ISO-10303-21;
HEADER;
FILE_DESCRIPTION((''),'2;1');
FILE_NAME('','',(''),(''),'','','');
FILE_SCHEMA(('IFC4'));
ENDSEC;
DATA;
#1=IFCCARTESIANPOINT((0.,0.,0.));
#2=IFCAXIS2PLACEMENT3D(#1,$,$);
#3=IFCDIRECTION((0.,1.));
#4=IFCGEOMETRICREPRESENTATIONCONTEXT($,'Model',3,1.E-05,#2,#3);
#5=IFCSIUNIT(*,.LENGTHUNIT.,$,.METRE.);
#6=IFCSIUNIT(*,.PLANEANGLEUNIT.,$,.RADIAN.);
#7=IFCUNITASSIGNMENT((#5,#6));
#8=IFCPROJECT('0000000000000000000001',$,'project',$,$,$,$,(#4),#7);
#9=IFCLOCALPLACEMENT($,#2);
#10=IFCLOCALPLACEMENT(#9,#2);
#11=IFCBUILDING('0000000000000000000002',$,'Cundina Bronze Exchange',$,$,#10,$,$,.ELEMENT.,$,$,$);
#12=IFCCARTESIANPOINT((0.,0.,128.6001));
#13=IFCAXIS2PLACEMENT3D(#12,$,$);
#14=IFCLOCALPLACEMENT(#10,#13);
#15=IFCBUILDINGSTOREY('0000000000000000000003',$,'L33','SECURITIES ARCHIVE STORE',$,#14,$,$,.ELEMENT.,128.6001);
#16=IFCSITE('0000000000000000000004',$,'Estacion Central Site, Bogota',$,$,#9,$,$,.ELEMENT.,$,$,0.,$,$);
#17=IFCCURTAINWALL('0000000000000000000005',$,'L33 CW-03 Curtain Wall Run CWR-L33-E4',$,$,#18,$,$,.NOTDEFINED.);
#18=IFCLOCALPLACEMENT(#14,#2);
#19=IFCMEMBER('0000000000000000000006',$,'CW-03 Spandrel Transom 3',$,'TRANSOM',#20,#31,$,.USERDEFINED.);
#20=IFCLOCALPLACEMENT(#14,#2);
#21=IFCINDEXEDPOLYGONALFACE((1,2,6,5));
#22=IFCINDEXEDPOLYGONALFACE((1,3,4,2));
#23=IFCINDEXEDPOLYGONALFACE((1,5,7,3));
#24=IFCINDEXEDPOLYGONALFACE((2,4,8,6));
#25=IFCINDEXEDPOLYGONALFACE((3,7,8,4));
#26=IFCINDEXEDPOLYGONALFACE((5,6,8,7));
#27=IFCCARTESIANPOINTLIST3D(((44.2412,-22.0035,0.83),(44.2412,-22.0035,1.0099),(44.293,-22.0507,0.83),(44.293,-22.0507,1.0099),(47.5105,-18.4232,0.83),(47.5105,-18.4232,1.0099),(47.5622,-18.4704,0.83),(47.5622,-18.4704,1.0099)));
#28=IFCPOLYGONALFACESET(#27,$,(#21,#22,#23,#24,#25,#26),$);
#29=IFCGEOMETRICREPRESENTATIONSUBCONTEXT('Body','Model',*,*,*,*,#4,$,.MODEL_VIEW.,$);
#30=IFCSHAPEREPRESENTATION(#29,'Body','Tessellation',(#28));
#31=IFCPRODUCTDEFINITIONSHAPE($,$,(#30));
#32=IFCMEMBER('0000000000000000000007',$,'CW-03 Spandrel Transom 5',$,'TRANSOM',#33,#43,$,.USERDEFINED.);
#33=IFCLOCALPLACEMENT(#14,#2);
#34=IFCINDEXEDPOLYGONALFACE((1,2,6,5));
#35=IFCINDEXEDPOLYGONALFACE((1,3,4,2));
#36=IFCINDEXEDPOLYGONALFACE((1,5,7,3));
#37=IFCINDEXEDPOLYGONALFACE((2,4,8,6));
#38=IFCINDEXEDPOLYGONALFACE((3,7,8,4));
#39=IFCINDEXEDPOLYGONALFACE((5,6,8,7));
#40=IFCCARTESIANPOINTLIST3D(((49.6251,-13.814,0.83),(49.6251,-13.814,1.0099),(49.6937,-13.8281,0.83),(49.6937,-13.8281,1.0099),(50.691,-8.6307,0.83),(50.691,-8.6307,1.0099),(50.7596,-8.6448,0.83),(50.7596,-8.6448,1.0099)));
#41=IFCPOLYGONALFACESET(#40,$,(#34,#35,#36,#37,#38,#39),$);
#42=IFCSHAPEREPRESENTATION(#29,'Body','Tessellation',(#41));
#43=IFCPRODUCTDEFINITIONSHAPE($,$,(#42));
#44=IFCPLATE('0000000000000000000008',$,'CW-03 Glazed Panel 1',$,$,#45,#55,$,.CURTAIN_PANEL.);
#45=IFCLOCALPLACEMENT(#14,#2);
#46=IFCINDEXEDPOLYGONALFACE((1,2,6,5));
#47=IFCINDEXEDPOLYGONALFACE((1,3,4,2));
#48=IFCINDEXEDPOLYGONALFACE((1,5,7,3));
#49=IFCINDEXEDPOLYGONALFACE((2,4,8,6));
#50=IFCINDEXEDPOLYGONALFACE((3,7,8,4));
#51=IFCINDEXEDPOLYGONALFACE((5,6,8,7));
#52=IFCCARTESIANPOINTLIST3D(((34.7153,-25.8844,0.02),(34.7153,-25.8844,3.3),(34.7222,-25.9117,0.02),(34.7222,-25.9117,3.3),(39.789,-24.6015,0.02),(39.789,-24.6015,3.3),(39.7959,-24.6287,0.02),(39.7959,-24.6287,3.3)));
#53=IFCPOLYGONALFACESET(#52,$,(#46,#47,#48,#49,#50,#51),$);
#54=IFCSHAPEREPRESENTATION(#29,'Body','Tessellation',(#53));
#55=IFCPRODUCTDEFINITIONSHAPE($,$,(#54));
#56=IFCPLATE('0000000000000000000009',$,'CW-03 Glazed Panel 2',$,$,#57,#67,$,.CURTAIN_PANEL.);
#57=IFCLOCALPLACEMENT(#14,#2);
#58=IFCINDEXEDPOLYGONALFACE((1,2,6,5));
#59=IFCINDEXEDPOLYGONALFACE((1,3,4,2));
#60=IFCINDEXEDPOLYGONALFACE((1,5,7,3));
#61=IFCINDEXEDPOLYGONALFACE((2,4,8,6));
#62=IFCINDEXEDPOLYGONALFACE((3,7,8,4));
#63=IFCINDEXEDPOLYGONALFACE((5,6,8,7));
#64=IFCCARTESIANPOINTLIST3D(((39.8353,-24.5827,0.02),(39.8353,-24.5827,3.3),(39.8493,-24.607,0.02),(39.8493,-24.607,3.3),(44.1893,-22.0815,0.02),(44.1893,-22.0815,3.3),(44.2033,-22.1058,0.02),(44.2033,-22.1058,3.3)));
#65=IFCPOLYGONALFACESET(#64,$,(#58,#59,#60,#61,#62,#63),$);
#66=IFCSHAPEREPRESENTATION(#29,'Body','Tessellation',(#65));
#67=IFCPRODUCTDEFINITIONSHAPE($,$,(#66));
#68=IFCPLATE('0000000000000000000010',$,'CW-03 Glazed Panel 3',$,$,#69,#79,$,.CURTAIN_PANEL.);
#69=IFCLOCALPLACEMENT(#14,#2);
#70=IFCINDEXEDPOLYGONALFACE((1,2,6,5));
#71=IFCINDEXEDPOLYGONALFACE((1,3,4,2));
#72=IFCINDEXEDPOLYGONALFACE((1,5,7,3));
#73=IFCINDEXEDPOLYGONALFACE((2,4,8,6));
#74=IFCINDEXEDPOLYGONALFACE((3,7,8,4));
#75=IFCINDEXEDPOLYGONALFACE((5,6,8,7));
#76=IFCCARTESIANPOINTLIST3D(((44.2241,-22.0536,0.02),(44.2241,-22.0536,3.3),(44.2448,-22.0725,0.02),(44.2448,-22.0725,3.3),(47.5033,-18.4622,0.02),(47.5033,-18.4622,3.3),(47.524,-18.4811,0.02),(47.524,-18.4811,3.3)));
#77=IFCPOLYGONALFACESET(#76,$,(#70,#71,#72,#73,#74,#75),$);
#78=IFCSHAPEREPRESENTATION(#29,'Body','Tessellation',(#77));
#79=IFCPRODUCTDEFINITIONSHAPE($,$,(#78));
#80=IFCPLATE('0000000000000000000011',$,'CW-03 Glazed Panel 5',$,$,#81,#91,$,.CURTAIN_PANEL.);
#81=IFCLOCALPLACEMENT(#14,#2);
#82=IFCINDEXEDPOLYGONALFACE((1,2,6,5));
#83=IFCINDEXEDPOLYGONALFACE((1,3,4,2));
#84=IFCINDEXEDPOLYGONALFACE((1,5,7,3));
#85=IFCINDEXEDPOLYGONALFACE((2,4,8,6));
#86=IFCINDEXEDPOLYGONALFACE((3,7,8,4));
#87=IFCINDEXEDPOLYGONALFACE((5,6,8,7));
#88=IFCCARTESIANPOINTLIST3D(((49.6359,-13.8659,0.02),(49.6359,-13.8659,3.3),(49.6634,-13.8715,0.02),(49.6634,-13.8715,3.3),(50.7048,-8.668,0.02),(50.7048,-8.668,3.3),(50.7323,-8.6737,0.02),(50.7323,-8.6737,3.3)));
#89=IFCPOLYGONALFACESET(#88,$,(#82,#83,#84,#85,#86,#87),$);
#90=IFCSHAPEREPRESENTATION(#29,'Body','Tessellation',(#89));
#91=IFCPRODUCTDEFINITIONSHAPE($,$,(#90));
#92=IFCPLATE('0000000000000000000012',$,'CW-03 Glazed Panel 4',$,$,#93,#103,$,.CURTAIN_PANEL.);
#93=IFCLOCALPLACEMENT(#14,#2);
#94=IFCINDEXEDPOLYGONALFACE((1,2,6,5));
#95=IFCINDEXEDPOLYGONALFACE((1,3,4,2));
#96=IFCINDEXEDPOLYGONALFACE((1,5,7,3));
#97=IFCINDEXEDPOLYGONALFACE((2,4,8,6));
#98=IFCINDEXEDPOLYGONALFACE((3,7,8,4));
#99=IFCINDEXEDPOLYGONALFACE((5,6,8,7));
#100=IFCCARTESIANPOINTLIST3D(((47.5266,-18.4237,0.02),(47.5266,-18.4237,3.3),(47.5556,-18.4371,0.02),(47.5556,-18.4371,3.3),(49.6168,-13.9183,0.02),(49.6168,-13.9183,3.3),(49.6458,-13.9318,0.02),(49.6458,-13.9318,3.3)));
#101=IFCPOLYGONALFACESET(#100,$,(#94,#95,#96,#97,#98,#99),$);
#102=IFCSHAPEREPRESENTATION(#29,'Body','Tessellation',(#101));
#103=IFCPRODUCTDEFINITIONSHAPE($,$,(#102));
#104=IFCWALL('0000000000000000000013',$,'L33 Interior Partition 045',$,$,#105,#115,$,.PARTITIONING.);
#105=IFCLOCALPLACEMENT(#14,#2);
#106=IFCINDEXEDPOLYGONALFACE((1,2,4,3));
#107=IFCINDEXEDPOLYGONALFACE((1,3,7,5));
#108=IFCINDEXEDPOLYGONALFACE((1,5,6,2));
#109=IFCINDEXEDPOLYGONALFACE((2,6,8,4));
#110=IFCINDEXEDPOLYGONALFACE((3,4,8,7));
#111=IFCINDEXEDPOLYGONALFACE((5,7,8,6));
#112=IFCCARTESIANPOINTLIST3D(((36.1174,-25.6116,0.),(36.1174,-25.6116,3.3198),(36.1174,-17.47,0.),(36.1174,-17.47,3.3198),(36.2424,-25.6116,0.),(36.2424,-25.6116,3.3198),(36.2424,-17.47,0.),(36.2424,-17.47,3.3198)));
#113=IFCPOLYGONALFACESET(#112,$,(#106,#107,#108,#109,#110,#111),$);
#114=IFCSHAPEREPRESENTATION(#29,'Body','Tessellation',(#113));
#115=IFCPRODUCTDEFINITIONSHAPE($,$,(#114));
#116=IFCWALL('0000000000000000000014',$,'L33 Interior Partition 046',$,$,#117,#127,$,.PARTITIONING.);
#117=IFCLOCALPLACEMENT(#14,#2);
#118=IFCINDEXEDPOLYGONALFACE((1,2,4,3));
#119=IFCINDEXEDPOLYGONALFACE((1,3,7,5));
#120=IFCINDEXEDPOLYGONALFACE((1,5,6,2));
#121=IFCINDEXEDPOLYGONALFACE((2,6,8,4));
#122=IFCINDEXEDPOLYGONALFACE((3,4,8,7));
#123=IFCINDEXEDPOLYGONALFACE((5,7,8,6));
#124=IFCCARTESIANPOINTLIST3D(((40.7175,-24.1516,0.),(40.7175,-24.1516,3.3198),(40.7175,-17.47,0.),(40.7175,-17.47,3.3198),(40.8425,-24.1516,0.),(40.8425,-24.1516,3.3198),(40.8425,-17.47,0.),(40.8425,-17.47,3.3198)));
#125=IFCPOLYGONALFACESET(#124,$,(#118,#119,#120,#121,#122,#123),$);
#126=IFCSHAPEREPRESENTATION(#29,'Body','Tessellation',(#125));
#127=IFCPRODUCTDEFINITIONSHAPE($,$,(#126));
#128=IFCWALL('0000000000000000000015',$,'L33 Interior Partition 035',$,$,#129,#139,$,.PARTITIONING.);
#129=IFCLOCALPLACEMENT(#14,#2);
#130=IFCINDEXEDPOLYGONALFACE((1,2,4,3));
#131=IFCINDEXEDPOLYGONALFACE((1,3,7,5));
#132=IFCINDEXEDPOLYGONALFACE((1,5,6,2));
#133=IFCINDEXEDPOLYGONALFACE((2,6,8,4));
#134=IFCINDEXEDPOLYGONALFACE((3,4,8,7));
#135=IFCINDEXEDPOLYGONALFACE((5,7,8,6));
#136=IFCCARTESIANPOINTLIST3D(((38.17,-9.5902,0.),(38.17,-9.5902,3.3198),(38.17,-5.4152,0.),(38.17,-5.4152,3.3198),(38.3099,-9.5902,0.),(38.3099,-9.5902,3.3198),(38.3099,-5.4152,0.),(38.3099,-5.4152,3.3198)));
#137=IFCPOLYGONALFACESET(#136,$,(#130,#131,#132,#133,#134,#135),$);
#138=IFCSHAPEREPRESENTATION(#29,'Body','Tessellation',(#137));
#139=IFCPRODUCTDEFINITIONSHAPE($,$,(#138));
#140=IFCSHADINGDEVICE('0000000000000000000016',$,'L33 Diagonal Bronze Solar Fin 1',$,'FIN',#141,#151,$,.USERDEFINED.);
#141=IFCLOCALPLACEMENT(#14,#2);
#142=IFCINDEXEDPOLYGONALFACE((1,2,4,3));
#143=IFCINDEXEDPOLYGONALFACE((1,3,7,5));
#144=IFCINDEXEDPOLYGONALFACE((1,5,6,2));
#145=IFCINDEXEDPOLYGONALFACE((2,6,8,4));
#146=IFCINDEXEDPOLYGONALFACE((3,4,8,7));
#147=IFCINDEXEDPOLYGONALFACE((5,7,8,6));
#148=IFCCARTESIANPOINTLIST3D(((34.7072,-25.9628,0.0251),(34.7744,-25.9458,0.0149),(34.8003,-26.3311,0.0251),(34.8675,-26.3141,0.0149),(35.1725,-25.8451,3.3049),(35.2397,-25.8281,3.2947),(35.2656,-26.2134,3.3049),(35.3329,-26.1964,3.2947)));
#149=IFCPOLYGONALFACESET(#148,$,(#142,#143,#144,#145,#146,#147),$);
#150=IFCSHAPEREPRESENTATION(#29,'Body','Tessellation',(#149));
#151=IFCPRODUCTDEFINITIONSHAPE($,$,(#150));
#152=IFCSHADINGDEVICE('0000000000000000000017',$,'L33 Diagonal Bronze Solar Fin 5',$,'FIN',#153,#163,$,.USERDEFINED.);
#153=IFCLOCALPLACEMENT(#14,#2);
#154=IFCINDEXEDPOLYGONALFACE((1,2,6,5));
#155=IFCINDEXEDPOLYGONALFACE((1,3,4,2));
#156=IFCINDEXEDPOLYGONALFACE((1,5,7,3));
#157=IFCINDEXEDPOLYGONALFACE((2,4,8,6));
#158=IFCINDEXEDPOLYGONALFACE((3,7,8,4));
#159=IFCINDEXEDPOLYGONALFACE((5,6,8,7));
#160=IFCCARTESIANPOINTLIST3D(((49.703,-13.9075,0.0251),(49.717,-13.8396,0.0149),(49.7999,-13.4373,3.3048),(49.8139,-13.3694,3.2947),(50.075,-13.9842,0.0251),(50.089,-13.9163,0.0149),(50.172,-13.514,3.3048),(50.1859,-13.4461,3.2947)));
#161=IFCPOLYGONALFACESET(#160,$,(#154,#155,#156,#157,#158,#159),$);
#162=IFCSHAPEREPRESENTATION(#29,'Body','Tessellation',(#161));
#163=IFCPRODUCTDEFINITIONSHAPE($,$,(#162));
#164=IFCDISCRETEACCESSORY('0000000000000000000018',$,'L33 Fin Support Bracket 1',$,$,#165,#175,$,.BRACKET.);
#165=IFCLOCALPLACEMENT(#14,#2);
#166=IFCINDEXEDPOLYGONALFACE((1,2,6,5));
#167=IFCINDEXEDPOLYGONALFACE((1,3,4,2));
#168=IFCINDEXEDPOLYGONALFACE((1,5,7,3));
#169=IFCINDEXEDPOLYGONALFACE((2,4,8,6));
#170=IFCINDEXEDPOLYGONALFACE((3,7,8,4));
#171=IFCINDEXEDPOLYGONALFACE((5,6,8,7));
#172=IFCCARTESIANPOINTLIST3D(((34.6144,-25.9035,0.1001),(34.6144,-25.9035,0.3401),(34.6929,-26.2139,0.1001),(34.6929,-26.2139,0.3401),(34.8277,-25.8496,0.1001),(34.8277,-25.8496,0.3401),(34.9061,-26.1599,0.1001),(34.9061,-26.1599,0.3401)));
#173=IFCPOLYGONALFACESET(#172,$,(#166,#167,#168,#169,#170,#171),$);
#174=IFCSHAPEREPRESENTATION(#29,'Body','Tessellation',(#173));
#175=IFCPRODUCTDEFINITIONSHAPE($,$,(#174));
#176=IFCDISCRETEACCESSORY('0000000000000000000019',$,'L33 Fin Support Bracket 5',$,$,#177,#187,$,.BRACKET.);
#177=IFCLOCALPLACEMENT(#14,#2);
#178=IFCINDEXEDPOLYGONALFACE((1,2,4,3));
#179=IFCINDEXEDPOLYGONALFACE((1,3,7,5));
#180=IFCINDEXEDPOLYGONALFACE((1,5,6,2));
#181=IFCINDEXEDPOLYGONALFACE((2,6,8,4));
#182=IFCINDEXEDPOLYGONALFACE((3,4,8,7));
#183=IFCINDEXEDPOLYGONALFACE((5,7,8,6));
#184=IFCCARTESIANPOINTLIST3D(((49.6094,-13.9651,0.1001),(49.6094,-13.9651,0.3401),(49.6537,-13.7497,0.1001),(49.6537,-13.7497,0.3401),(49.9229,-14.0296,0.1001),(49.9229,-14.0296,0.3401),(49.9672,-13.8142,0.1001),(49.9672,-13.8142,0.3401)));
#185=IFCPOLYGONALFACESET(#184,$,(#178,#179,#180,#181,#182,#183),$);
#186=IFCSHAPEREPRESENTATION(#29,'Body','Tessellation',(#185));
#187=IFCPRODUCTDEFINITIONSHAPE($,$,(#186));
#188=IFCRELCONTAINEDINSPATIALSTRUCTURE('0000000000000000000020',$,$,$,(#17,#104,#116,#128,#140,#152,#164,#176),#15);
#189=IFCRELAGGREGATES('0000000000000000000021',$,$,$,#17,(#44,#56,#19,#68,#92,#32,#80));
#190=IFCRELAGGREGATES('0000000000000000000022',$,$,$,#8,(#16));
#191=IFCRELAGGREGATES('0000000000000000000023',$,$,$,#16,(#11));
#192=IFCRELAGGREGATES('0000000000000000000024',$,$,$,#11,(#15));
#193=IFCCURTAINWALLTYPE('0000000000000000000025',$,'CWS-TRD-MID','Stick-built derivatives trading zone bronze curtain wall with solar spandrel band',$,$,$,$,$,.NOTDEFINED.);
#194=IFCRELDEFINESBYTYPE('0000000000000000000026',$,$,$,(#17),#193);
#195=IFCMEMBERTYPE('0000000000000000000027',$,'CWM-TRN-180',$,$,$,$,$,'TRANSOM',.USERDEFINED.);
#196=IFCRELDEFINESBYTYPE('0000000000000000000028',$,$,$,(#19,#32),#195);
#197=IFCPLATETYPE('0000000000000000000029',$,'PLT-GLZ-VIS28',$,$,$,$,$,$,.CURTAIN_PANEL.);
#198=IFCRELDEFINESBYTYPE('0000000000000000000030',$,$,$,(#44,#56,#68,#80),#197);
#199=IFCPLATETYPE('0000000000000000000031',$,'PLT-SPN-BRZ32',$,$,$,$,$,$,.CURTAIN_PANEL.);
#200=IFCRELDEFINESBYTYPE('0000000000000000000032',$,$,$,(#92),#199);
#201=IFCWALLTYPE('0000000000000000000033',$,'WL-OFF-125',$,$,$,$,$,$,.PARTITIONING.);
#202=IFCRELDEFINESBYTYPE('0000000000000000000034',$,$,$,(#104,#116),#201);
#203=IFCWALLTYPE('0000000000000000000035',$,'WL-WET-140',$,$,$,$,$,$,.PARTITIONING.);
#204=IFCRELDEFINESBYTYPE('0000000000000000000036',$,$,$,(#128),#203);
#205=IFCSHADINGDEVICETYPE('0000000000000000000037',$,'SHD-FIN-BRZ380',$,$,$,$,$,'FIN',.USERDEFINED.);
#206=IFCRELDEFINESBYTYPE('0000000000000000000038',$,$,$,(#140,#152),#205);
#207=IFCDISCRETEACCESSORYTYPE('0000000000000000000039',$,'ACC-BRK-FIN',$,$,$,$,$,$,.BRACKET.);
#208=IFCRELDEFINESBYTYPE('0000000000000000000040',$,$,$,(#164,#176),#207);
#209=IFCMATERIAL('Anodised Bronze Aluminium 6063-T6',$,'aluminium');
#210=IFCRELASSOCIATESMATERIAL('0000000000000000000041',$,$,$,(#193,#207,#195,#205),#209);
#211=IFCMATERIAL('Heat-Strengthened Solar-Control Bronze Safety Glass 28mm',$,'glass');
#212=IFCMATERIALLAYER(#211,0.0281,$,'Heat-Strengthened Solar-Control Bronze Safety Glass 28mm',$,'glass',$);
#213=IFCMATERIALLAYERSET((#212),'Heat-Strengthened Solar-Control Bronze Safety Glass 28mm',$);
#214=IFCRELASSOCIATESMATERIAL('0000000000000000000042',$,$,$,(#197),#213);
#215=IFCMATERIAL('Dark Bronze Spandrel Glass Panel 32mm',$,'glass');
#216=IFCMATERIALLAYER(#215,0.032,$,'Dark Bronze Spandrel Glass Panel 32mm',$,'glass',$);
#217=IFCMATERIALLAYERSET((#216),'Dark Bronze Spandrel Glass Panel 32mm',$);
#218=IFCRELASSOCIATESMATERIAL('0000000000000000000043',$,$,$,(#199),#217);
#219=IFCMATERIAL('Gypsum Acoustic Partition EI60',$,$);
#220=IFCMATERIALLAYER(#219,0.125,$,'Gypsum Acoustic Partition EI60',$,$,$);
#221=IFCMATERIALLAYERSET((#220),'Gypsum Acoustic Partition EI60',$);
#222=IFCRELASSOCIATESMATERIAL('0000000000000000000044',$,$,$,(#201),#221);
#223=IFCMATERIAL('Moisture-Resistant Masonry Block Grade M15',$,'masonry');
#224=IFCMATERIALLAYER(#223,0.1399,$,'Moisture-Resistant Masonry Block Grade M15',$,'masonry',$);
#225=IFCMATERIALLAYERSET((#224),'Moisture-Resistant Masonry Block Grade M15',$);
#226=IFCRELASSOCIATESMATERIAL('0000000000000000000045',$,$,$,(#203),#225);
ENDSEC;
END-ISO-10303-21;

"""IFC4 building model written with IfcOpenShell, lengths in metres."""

from ifc_helpers import new_model, si_unit, direction, frame, frame_2d, origin, origin_2d, place, context, subcontext, project, spatial, rectangle, extrude, material, layer, layer_set, material_profile, profile_set, type_object, element, aggregate, save


model = new_model("IFC4")

# Units and contexts
model_context = context("Model", 3, precision=1e-05, world=origin(), true_north=direction((0.0, 1.0)))
body_context = subcontext(model_context, "Body", "Model", "MODEL_VIEW")
ifc_project = project(units=[si_unit("LENGTHUNIT", "METRE"), si_unit("PLANEANGLEUNIT", "RADIAN")], contexts=[model_context])

# Site, building, storey
site_placement = place(None, origin())
site = spatial("IfcSite", under=ifc_project, at=site_placement, Name="Estacion Central Site, Bogota", CompositionType="ELEMENT", RefElevation=0.0)
building_placement = place(site_placement, origin())
building = spatial("IfcBuilding", under=site, at=building_placement, Name="Cundina Bronze Exchange", CompositionType="ELEMENT")
storey_placement = place(building_placement, frame((0.0, 0.0, 128.6001)))
storey = spatial("IfcBuildingStorey", under=building, at=storey_placement, Name="L33", Description="SECURITIES ARCHIVE STORE", CompositionType="ELEMENT", Elevation=128.6001)

# Curtain wall, members, plates
ifc_material_1 = material(Name="Anodised Bronze Aluminium 6063-T6", Category="aluminium")
curtain_wall_type = type_object("IfcCurtainWallType", Name="CWS-TRD-MID", Description="Stick-built derivatives trading zone bronze curtain wall with solar spandrel band", PredefinedType="NOTDEFINED", material=ifc_material_1)
curtain_wall_placement = place(storey_placement, origin())
curtain_wall = element("IfcCurtainWall", 1, at=curtain_wall_placement, inside=storey, type_object=curtain_wall_type, Name="L33 CW-03 Curtain Wall Run CWR-L33-E4", PredefinedType="NOTDEFINED")
ifc_material_profile_1 = material_profile(ifc_material_1, rectangle(XDim=0.0701, YDim=0.1799, at=origin_2d()), Name="AL70X180", Category="aluminium")
ifc_profile_set_1 = profile_set([ifc_material_profile_1], Name="Anodised Bronze Aluminium 6063-T6")
member_type_1 = type_object("IfcMemberType", Name="CWM-TRN-180", ElementType="TRANSOM", PredefinedType="USERDEFINED", material=ifc_profile_set_1)
member_1_placement = place(storey_placement, frame((44.2671, -22.0271, 0.9199), z_axis=(0.674303, 0.738455, 0.0), x_axis=(-0.738455, 0.674303, 0.0)))
member_1 = element("IfcMember", 2, at=member_1_placement, type_object=member_type_1, Name="CW-03 Spandrel Transom 3", ObjectType="TRANSOM", PredefinedType="USERDEFINED", context=body_context, shape_type="SweptSolid", body=[
    extrude(rectangle(XDim=0.0701, YDim=0.1799, at=origin_2d()), origin(), (0.0, 0.0, 1.0), 4.8484),
])
member_2_placement = place(storey_placement, frame((49.6594, -13.821, 0.9199), z_axis=(0.201428, 0.979503, 0.0), x_axis=(-0.979503, 0.201428, 0.0)))
member_2 = element("IfcMember", 3, at=member_2_placement, type_object=member_type_1, Name="CW-03 Spandrel Transom 5", ObjectType="TRANSOM", PredefinedType="USERDEFINED", context=body_context, shape_type="SweptSolid", body=[
    extrude(rectangle(XDim=0.0701, YDim=0.1799, at=origin_2d()), origin(), (0.0, 0.0, 1.0), 5.2917),
])
ifc_material_2 = material(Name="Heat-Strengthened Solar-Control Bronze Safety Glass 28mm", Category="glass")
ifc_layer_1 = layer(ifc_material_2, 0.0281, Name="Heat-Strengthened Solar-Control Bronze Safety Glass 28mm", Category="glass")
ifc_layer_set_1 = layer_set([ifc_layer_1], Name="Heat-Strengthened Solar-Control Bronze Safety Glass 28mm")
plate_type_1 = type_object("IfcPlateType", Name="PLT-GLZ-VIS28", PredefinedType="CURTAIN_PANEL", material=ifc_layer_set_1)
plate_1_placement = place(storey_placement, frame((37.2556, -25.2566, 0.02), z_axis=(0.0, 0.0, 1.0), x_axis=(0.969488, 0.245138, 0.0)))
plate_1 = element("IfcPlate", 4, at=plate_1_placement, type_object=plate_type_1, Name="CW-03 Glazed Panel 1", PredefinedType="CURTAIN_PANEL", context=body_context, shape_type="SweptSolid", body=[
    extrude(rectangle(XDim=5.2334, YDim=0.0281, at=origin_2d()), origin(), (0.0, 0.0, 1.0), 3.28),
])
plate_2_placement = place(storey_placement, frame((42.0193, -23.3442, 0.02), z_axis=(0.0, 0.0, 1.0), x_axis=(0.867105, 0.498125, 0.0)))
plate_2 = element("IfcPlate", 5, at=plate_2_placement, type_object=plate_type_1, Name="CW-03 Glazed Panel 2", PredefinedType="CURTAIN_PANEL", context=body_context, shape_type="SweptSolid", body=[
    extrude(rectangle(XDim=5.0212, YDim=0.0281, at=origin_2d()), origin(), (0.0, 0.0, 1.0), 3.28),
])
plate_3_placement = place(storey_placement, frame((45.874, -20.2673, 0.02), z_axis=(0.0, 0.0, 1.0), x_axis=(0.674277, 0.738479, 0.0)))
plate_3 = element("IfcPlate", 6, at=plate_3_placement, type_object=plate_type_1, Name="CW-03 Glazed Panel 3", PredefinedType="CURTAIN_PANEL", context=body_context, shape_type="SweptSolid", body=[
    extrude(rectangle(XDim=4.8633, YDim=0.0281, at=origin_2d()), origin(), (0.0, 0.0, 1.0), 3.28),
])
plate_4_placement = place(storey_placement, frame((50.1841, -11.2698, 0.02), z_axis=(0.0, 0.0, 1.0), x_axis=(0.20142, 0.979505, 0.0)))
plate_4 = element("IfcPlate", 7, at=plate_4_placement, type_object=plate_type_1, Name="CW-03 Glazed Panel 5", PredefinedType="CURTAIN_PANEL", context=body_context, shape_type="SweptSolid", body=[
    extrude(rectangle(XDim=5.3066, YDim=0.0281, at=origin_2d()), origin(), (0.0, 0.0, 1.0), 3.28),
])
ifc_material_3 = material(Name="Dark Bronze Spandrel Glass Panel 32mm", Category="glass")
ifc_layer_2 = layer(ifc_material_3, 0.032, Name="Dark Bronze Spandrel Glass Panel 32mm", Category="glass")
ifc_layer_set_2 = layer_set([ifc_layer_2], Name="Dark Bronze Spandrel Glass Panel 32mm")
plate_type_2 = type_object("IfcPlateType", Name="PLT-SPN-BRZ32", PredefinedType="CURTAIN_PANEL", material=ifc_layer_set_2)
plate_5_placement = place(storey_placement, frame((48.5862, -16.1777, 0.02), z_axis=(0.0, 0.0, 1.0), x_axis=(0.420846, 0.907132, 0.0)))
plate_5 = element("IfcPlate", 8, at=plate_5_placement, type_object=plate_type_2, Name="CW-03 Glazed Panel 4", PredefinedType="CURTAIN_PANEL", context=body_context, shape_type="SweptSolid", body=[
    extrude(rectangle(XDim=4.9666, YDim=0.032, at=origin_2d()), origin(), (0.0, 0.0, 1.0), 3.28),
])
aggregate(curtain_wall, [plate_1, plate_2, member_1, plate_3, plate_5, member_2, plate_4])

# Walls
ifc_material_4 = material(Name="Gypsum Acoustic Partition EI60")
ifc_layer_3 = layer(ifc_material_4, 0.125, Name="Gypsum Acoustic Partition EI60")
ifc_layer_set_3 = layer_set([ifc_layer_3], Name="Gypsum Acoustic Partition EI60")
wall_type_1 = type_object("IfcWallType", Name="WL-OFF-125", PredefinedType="PARTITIONING", material=ifc_layer_set_3)
wall_1_placement = place(storey_placement, frame((36.1799, -25.6116, 0.0), z_axis=(0.0, 0.0, 1.0), x_axis=(0.0, 1.0, 0.0)))
element("IfcWall", 9, at=wall_1_placement, inside=storey, type_object=wall_type_1, Name="L33 Interior Partition 045", PredefinedType="PARTITIONING", context=body_context, shape_type="SweptSolid", body=[
    extrude(rectangle(XDim=8.1416, YDim=0.125, at=frame_2d((4.0708, 0.0))), origin(), (0.0, 0.0, 1.0), 3.3198),
])
wall_2_placement = place(storey_placement, frame((40.78, -24.1516, 0.0), z_axis=(0.0, 0.0, 1.0), x_axis=(0.0, 1.0, 0.0)))
element("IfcWall", 10, at=wall_2_placement, inside=storey, type_object=wall_type_1, Name="L33 Interior Partition 046", PredefinedType="PARTITIONING", context=body_context, shape_type="SweptSolid", body=[
    extrude(rectangle(XDim=6.6816, YDim=0.125, at=frame_2d((3.3408, 0.0))), origin(), (0.0, 0.0, 1.0), 3.3198),
])
ifc_material_5 = material(Name="Moisture-Resistant Masonry Block Grade M15", Category="masonry")
ifc_layer_4 = layer(ifc_material_5, 0.1399, Name="Moisture-Resistant Masonry Block Grade M15", Category="masonry")
ifc_layer_set_4 = layer_set([ifc_layer_4], Name="Moisture-Resistant Masonry Block Grade M15")
wall_type_2 = type_object("IfcWallType", Name="WL-WET-140", PredefinedType="PARTITIONING", material=ifc_layer_set_4)
wall_3_placement = place(storey_placement, frame((38.24, -9.5901, 0.0), z_axis=(0.0, 0.0, 1.0), x_axis=(0.0, 1.0, 0.0)))
element("IfcWall", 11, at=wall_3_placement, inside=storey, type_object=wall_type_2, Name="L33 Interior Partition 035", PredefinedType="PARTITIONING", context=body_context, shape_type="SweptSolid", body=[
    extrude(rectangle(XDim=4.175, YDim=0.1399, at=frame_2d((2.0874, 0.0))), origin(), (0.0, 0.0, 1.0), 3.3198),
])

# Shading devices
ifc_material_profile_2 = material_profile(ifc_material_1, rectangle(XDim=0.0701, YDim=0.3799, at=origin_2d()), Name="FIN70X380", Category="aluminium")
ifc_profile_set_2 = profile_set([ifc_material_profile_2], Name="Anodised Bronze Aluminium 6063-T6")
shading_device_type = type_object("IfcShadingDeviceType", Name="SHD-FIN-BRZ380", ElementType="FIN", PredefinedType="USERDEFINED", material=ifc_profile_set_2)
for number, where, z_axis, x_axis, name in (
    (12, (34.7874, -26.1384, 0.02), (0.140383, 0.035501, 0.989461), (-0.959263, -0.242584, 0.144803), "L33 Diagonal Bronze Solar Fin 1"),
    (13, (49.896, -13.9119, 0.02), (0.02924, 0.141856, 0.989455), (-0.199754, -0.969082, 0.144838), "L33 Diagonal Bronze Solar Fin 5"),
):
    element("IfcShadingDevice", number, at=place(storey_placement, frame(where, z_axis=z_axis, x_axis=x_axis)), inside=storey, type_object=shading_device_type, Name=name, ObjectType="FIN", PredefinedType="USERDEFINED", context=body_context, shape_type="SweptSolid", body=[
        extrude(rectangle(XDim=0.0701, YDim=0.3799, at=origin_2d()), origin(), (0.0, 0.0, 1.0), 3.3147),
    ])

# Discrete accessories
discrete_accessory_type = type_object("IfcDiscreteAccessoryType", Name="ACC-BRK-FIN", PredefinedType="BRACKET", material=ifc_material_1)
for number, where, z_axis, x_axis, name in (
    (14, (34.7603, -26.0317, 0.1001), (0.0, 0.0, 1.0), (0.969488, 0.245138, 0.0), "L33 Fin Support Bracket 1"),
    (15, (49.7883, -13.8896, 0.1001), (0.0, 0.0, 1.0), (0.20142, 0.979505, 0.0), "L33 Fin Support Bracket 5"),
):
    element("IfcDiscreteAccessory", number, at=place(storey_placement, frame(where, z_axis=z_axis, x_axis=x_axis)), inside=storey, type_object=discrete_accessory_type, Name=name, PredefinedType="BRACKET", context=body_context, shape_type="SweptSolid", body=[
        extrude(rectangle(XDim=0.22, YDim=0.3201, at=origin_2d()), origin(), (0.0, 0.0, 1.0), 0.24),
    ])

save(model, "model.ifc")
